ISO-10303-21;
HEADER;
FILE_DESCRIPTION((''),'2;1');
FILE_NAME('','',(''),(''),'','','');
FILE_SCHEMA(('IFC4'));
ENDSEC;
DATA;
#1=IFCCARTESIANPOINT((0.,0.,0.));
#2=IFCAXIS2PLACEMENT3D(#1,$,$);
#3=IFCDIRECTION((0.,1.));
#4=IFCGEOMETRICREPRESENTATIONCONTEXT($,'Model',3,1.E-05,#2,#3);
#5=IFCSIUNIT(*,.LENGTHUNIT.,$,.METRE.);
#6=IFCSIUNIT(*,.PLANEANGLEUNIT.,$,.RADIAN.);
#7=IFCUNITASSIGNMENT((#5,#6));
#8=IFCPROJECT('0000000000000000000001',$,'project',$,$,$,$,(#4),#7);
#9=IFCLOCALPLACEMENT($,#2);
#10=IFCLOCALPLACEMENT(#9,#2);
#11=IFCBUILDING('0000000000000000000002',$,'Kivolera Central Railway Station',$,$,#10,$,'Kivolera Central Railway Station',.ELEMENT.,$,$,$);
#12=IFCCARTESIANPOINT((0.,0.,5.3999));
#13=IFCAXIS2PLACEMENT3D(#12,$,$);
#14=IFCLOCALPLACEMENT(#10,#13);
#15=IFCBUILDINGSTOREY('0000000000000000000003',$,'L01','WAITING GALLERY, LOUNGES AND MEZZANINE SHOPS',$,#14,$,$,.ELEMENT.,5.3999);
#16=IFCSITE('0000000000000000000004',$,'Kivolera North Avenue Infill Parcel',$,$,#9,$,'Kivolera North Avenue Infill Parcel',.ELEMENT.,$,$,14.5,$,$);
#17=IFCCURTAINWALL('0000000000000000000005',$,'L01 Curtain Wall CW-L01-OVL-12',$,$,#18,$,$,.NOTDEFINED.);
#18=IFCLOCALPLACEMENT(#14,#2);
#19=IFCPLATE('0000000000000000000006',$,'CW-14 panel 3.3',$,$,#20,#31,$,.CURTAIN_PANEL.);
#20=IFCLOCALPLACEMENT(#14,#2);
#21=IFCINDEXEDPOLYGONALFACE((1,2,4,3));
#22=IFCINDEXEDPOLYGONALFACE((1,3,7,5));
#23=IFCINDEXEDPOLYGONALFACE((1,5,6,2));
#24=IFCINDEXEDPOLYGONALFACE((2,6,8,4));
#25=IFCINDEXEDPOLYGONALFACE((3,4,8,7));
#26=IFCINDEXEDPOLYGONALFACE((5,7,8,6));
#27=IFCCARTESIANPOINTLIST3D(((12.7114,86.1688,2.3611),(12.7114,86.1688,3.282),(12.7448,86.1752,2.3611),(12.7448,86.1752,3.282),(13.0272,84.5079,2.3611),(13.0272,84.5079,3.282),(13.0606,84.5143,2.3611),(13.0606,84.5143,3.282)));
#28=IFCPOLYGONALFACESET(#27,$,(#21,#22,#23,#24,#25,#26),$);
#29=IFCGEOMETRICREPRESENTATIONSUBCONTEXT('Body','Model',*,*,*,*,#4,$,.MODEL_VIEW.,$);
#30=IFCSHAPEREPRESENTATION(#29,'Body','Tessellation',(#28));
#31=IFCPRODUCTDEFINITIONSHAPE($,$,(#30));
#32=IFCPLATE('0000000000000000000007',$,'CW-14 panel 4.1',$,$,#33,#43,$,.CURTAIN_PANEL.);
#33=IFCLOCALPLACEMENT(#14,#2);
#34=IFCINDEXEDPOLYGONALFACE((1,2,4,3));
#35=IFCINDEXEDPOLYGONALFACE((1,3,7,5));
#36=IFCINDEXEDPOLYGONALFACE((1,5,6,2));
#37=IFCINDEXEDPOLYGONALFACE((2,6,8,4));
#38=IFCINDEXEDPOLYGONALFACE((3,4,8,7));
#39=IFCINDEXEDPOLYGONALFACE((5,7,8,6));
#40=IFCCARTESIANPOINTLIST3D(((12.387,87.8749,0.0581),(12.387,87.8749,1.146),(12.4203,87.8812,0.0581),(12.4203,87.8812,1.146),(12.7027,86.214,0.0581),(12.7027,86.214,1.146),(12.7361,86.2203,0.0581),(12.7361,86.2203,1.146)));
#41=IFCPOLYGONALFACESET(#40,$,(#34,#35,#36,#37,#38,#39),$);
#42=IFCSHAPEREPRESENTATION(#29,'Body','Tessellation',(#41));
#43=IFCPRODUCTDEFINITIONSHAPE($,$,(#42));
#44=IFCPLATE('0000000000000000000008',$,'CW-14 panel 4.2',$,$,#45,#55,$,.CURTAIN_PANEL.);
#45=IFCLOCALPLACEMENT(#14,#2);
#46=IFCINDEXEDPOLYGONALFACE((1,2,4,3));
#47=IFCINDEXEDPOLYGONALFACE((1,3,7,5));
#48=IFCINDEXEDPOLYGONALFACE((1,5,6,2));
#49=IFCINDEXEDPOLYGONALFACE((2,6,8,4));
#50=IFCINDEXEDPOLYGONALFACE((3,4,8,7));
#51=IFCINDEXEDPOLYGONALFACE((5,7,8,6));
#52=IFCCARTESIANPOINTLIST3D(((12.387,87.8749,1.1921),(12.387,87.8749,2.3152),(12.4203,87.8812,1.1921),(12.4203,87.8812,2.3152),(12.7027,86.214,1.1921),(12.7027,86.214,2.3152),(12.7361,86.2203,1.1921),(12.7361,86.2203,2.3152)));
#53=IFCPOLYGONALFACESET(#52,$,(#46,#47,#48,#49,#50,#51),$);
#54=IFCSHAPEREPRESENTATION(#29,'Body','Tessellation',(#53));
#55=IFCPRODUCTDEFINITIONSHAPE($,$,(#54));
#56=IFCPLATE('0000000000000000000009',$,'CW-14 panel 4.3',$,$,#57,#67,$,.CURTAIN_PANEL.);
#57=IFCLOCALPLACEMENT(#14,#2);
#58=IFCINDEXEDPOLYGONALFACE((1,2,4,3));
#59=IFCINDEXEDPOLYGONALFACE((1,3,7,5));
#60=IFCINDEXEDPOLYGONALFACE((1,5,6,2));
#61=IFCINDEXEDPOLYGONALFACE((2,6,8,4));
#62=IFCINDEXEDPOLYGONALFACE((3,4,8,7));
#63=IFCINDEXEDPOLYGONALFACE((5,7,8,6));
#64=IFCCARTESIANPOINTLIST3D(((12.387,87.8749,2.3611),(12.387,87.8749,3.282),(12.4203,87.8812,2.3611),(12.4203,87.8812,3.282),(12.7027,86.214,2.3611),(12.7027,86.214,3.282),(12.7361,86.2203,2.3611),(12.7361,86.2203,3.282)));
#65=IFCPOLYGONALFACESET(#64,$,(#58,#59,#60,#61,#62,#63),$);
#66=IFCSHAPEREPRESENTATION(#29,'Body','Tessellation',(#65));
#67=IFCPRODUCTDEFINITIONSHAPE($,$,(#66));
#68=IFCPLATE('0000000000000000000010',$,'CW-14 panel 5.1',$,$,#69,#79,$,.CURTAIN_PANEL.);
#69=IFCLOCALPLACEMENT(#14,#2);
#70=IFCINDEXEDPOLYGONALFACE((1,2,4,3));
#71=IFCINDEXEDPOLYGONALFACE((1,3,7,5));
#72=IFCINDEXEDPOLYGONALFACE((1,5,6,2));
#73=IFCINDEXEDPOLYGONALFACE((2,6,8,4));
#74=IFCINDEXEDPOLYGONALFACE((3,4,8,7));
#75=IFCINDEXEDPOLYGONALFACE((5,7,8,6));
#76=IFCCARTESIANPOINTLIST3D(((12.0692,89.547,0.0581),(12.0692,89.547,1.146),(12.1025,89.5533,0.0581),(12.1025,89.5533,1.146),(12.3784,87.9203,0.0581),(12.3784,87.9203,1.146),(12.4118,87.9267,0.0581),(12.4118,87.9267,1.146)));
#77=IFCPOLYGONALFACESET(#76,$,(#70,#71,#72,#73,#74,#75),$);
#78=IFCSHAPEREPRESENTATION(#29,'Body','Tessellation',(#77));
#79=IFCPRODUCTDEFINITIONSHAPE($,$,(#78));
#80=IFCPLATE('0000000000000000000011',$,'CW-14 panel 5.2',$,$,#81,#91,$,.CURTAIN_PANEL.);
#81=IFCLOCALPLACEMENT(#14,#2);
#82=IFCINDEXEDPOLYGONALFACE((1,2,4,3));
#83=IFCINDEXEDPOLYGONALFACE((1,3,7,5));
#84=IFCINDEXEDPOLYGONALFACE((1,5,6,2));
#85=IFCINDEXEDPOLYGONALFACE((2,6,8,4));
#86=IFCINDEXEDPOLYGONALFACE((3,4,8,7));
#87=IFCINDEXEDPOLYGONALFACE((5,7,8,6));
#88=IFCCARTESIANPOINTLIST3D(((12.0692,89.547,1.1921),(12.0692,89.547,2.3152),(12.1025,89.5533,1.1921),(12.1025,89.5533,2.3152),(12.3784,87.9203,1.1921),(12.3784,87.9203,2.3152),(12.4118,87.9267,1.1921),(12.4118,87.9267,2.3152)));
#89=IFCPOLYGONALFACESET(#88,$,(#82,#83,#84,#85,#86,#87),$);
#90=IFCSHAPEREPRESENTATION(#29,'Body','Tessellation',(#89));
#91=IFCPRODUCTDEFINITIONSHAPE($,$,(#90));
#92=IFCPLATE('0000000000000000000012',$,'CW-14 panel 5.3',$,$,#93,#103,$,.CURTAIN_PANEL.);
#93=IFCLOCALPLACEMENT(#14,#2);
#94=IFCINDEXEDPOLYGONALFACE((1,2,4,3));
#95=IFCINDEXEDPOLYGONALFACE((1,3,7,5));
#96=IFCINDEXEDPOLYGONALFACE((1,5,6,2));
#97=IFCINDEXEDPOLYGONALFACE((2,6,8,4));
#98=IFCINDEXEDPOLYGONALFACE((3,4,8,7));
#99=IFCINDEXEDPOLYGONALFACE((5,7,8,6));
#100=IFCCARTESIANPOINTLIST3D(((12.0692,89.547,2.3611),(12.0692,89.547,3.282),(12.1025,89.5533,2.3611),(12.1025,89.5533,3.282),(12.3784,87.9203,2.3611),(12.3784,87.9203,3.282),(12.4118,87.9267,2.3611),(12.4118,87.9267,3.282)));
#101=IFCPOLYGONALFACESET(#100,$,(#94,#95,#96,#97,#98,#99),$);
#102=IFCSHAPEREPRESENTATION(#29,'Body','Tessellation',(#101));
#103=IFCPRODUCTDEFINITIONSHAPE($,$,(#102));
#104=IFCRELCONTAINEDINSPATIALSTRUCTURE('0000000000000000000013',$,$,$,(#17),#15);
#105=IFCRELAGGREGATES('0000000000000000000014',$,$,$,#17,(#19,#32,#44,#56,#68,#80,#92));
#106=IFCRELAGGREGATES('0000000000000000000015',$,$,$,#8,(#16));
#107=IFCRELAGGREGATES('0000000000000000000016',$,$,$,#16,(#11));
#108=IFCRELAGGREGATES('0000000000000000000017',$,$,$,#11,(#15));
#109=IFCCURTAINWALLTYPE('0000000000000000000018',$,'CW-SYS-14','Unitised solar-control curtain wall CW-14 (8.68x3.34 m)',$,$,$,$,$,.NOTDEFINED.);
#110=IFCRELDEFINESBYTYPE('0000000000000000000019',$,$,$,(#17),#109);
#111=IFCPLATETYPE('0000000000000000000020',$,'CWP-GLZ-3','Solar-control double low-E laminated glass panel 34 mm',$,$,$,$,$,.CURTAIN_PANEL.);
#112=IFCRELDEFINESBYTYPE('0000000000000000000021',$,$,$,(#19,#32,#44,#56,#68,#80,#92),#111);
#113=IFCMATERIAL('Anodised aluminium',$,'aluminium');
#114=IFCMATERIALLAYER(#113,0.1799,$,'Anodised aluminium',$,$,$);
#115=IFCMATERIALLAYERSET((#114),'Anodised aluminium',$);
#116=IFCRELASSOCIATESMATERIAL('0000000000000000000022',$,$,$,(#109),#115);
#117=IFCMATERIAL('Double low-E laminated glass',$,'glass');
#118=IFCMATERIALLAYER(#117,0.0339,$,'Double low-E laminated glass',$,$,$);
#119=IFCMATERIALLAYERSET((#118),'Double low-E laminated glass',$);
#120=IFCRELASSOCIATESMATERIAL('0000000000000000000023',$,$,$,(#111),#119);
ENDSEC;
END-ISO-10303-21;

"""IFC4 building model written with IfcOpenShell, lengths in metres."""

from ifc_helpers import new_model, si_unit, direction, frame, origin, origin_2d, place, context, subcontext, project, spatial, rectangle, extrude, material, layer, layer_set, type_object, element, aggregate, save


model = new_model("IFC4")

# Units and contexts
model_context = context("Model", 3, precision=1e-05, world=origin(), true_north=direction((0.0, 1.0)))
body_context = subcontext(model_context, "Body", "Model", "MODEL_VIEW")
ifc_project = project(units=[si_unit("LENGTHUNIT", "METRE"), si_unit("PLANEANGLEUNIT", "RADIAN")], contexts=[model_context])

# Site, building, storey
site_placement = place(None, origin())
site = spatial("IfcSite", under=ifc_project, at=site_placement, Name="Kivolera North Avenue Infill Parcel", LongName="Kivolera North Avenue Infill Parcel", CompositionType="ELEMENT", RefElevation=14.5)
building_placement = place(site_placement, origin())
building = spatial("IfcBuilding", under=site, at=building_placement, Name="Kivolera Central Railway Station", LongName="Kivolera Central Railway Station", CompositionType="ELEMENT")
storey_placement = place(building_placement, frame((0.0, 0.0, 5.3999)))
storey = spatial("IfcBuildingStorey", under=building, at=storey_placement, Name="L01", Description="WAITING GALLERY, LOUNGES AND MEZZANINE SHOPS", CompositionType="ELEMENT", Elevation=5.3999)

# Curtain wall, plates
ifc_material_1 = material(Name="Anodised aluminium", Category="aluminium")
ifc_layer_1 = layer(ifc_material_1, 0.1799, Name="Anodised aluminium")
ifc_layer_set_1 = layer_set([ifc_layer_1], Name="Anodised aluminium")
curtain_wall_type = type_object("IfcCurtainWallType", Name="CW-SYS-14", Description="Unitised solar-control curtain wall CW-14 (8.68x3.34 m)", PredefinedType="NOTDEFINED", material=ifc_layer_set_1)
curtain_wall_placement = place(storey_placement, origin())
curtain_wall = element("IfcCurtainWall", 1, at=curtain_wall_placement, inside=storey, type_object=curtain_wall_type, Name="L01 Curtain Wall CW-L01-OVL-12", PredefinedType="NOTDEFINED")
ifc_material_2 = material(Name="Double low-E laminated glass", Category="glass")
ifc_layer_2 = layer(ifc_material_2, 0.0339, Name="Double low-E laminated glass")
ifc_layer_set_2 = layer_set([ifc_layer_2], Name="Double low-E laminated glass")
plate_type = type_object("IfcPlateType", Name="CWP-GLZ-3", Description="Solar-control double low-E laminated glass panel 34 mm", PredefinedType="CURTAIN_PANEL", material=ifc_layer_set_2)
plate_1_placement = place(storey_placement, frame((12.886, 85.3416, 2.3611), z_axis=(0.0, 0.0, 1.0), x_axis=(-0.186784, 0.982401, 0.0)))
plate_1 = element("IfcPlate", 2, at=plate_1_placement, type_object=plate_type, Name="CW-14 panel 3.3", PredefinedType="CURTAIN_PANEL", context=body_context, shape_type="SweptSolid", body=[
    extrude(rectangle(XDim=1.6907, YDim=0.0339, at=origin_2d()), origin(), (0.0, 0.0, 1.0), 0.9209),
])
plate_2_placement = place(storey_placement, frame((12.5615, 87.0476, 0.0581), z_axis=(0.0, 0.0, 1.0), x_axis=(-0.186784, 0.982401, 0.0)))
plate_2 = element("IfcPlate", 3, at=plate_2_placement, type_object=plate_type, Name="CW-14 panel 4.1", PredefinedType="CURTAIN_PANEL", context=body_context, shape_type="SweptSolid", body=[
    extrude(rectangle(XDim=1.6907, YDim=0.0339, at=origin_2d()), origin(), (0.0, 0.0, 1.0), 1.0879),
])
plate_3_placement = place(storey_placement, frame((12.5615, 87.0476, 1.1921), z_axis=(0.0, 0.0, 1.0), x_axis=(-0.186784, 0.982401, 0.0)))
plate_3 = element("IfcPlate", 4, at=plate_3_placement, type_object=plate_type, Name="CW-14 panel 4.2", PredefinedType="CURTAIN_PANEL", context=body_context, shape_type="SweptSolid", body=[
    extrude(rectangle(XDim=1.6907, YDim=0.0339, at=origin_2d()), origin(), (0.0, 0.0, 1.0), 1.123),
])
plate_4_placement = place(storey_placement, frame((12.5615, 87.0476, 2.3611), z_axis=(0.0, 0.0, 1.0), x_axis=(-0.186784, 0.982401, 0.0)))
plate_4 = element("IfcPlate", 5, at=plate_4_placement, type_object=plate_type, Name="CW-14 panel 4.3", PredefinedType="CURTAIN_PANEL", context=body_context, shape_type="SweptSolid", body=[
    extrude(rectangle(XDim=1.6907, YDim=0.0339, at=origin_2d()), origin(), (0.0, 0.0, 1.0), 0.9209),
])
plate_5_placement = place(storey_placement, frame((12.2405, 88.7368, 0.0581), z_axis=(0.0, 0.0, 1.0), x_axis=(-0.186784, 0.982401, 0.0)))
plate_5 = element("IfcPlate", 6, at=plate_5_placement, type_object=plate_type, Name="CW-14 panel 5.1", PredefinedType="CURTAIN_PANEL", context=body_context, shape_type="SweptSolid", body=[
    extrude(rectangle(XDim=1.6558, YDim=0.0339, at=origin_2d()), origin(), (0.0, 0.0, 1.0), 1.0879),
])
plate_6_placement = place(storey_placement, frame((12.2405, 88.7368, 1.1921), z_axis=(0.0, 0.0, 1.0), x_axis=(-0.186784, 0.982401, 0.0)))
plate_6 = element("IfcPlate", 7, at=plate_6_placement, type_object=plate_type, Name="CW-14 panel 5.2", PredefinedType="CURTAIN_PANEL", context=body_context, shape_type="SweptSolid", body=[
    extrude(rectangle(XDim=1.6558, YDim=0.0339, at=origin_2d()), origin(), (0.0, 0.0, 1.0), 1.123),
])
plate_7_placement = place(storey_placement, frame((12.2405, 88.7368, 2.3611), z_axis=(0.0, 0.0, 1.0), x_axis=(-0.186784, 0.982401, 0.0)))
plate_7 = element("IfcPlate", 8, at=plate_7_placement, type_object=plate_type, Name="CW-14 panel 5.3", PredefinedType="CURTAIN_PANEL", context=body_context, shape_type="SweptSolid", body=[
    extrude(rectangle(XDim=1.6558, YDim=0.0339, at=origin_2d()), origin(), (0.0, 0.0, 1.0), 0.9209),
])
aggregate(curtain_wall, [plate_1, plate_2, plate_3, plate_4, plate_5, plate_6, plate_7])

save(model, "model.ifc")
